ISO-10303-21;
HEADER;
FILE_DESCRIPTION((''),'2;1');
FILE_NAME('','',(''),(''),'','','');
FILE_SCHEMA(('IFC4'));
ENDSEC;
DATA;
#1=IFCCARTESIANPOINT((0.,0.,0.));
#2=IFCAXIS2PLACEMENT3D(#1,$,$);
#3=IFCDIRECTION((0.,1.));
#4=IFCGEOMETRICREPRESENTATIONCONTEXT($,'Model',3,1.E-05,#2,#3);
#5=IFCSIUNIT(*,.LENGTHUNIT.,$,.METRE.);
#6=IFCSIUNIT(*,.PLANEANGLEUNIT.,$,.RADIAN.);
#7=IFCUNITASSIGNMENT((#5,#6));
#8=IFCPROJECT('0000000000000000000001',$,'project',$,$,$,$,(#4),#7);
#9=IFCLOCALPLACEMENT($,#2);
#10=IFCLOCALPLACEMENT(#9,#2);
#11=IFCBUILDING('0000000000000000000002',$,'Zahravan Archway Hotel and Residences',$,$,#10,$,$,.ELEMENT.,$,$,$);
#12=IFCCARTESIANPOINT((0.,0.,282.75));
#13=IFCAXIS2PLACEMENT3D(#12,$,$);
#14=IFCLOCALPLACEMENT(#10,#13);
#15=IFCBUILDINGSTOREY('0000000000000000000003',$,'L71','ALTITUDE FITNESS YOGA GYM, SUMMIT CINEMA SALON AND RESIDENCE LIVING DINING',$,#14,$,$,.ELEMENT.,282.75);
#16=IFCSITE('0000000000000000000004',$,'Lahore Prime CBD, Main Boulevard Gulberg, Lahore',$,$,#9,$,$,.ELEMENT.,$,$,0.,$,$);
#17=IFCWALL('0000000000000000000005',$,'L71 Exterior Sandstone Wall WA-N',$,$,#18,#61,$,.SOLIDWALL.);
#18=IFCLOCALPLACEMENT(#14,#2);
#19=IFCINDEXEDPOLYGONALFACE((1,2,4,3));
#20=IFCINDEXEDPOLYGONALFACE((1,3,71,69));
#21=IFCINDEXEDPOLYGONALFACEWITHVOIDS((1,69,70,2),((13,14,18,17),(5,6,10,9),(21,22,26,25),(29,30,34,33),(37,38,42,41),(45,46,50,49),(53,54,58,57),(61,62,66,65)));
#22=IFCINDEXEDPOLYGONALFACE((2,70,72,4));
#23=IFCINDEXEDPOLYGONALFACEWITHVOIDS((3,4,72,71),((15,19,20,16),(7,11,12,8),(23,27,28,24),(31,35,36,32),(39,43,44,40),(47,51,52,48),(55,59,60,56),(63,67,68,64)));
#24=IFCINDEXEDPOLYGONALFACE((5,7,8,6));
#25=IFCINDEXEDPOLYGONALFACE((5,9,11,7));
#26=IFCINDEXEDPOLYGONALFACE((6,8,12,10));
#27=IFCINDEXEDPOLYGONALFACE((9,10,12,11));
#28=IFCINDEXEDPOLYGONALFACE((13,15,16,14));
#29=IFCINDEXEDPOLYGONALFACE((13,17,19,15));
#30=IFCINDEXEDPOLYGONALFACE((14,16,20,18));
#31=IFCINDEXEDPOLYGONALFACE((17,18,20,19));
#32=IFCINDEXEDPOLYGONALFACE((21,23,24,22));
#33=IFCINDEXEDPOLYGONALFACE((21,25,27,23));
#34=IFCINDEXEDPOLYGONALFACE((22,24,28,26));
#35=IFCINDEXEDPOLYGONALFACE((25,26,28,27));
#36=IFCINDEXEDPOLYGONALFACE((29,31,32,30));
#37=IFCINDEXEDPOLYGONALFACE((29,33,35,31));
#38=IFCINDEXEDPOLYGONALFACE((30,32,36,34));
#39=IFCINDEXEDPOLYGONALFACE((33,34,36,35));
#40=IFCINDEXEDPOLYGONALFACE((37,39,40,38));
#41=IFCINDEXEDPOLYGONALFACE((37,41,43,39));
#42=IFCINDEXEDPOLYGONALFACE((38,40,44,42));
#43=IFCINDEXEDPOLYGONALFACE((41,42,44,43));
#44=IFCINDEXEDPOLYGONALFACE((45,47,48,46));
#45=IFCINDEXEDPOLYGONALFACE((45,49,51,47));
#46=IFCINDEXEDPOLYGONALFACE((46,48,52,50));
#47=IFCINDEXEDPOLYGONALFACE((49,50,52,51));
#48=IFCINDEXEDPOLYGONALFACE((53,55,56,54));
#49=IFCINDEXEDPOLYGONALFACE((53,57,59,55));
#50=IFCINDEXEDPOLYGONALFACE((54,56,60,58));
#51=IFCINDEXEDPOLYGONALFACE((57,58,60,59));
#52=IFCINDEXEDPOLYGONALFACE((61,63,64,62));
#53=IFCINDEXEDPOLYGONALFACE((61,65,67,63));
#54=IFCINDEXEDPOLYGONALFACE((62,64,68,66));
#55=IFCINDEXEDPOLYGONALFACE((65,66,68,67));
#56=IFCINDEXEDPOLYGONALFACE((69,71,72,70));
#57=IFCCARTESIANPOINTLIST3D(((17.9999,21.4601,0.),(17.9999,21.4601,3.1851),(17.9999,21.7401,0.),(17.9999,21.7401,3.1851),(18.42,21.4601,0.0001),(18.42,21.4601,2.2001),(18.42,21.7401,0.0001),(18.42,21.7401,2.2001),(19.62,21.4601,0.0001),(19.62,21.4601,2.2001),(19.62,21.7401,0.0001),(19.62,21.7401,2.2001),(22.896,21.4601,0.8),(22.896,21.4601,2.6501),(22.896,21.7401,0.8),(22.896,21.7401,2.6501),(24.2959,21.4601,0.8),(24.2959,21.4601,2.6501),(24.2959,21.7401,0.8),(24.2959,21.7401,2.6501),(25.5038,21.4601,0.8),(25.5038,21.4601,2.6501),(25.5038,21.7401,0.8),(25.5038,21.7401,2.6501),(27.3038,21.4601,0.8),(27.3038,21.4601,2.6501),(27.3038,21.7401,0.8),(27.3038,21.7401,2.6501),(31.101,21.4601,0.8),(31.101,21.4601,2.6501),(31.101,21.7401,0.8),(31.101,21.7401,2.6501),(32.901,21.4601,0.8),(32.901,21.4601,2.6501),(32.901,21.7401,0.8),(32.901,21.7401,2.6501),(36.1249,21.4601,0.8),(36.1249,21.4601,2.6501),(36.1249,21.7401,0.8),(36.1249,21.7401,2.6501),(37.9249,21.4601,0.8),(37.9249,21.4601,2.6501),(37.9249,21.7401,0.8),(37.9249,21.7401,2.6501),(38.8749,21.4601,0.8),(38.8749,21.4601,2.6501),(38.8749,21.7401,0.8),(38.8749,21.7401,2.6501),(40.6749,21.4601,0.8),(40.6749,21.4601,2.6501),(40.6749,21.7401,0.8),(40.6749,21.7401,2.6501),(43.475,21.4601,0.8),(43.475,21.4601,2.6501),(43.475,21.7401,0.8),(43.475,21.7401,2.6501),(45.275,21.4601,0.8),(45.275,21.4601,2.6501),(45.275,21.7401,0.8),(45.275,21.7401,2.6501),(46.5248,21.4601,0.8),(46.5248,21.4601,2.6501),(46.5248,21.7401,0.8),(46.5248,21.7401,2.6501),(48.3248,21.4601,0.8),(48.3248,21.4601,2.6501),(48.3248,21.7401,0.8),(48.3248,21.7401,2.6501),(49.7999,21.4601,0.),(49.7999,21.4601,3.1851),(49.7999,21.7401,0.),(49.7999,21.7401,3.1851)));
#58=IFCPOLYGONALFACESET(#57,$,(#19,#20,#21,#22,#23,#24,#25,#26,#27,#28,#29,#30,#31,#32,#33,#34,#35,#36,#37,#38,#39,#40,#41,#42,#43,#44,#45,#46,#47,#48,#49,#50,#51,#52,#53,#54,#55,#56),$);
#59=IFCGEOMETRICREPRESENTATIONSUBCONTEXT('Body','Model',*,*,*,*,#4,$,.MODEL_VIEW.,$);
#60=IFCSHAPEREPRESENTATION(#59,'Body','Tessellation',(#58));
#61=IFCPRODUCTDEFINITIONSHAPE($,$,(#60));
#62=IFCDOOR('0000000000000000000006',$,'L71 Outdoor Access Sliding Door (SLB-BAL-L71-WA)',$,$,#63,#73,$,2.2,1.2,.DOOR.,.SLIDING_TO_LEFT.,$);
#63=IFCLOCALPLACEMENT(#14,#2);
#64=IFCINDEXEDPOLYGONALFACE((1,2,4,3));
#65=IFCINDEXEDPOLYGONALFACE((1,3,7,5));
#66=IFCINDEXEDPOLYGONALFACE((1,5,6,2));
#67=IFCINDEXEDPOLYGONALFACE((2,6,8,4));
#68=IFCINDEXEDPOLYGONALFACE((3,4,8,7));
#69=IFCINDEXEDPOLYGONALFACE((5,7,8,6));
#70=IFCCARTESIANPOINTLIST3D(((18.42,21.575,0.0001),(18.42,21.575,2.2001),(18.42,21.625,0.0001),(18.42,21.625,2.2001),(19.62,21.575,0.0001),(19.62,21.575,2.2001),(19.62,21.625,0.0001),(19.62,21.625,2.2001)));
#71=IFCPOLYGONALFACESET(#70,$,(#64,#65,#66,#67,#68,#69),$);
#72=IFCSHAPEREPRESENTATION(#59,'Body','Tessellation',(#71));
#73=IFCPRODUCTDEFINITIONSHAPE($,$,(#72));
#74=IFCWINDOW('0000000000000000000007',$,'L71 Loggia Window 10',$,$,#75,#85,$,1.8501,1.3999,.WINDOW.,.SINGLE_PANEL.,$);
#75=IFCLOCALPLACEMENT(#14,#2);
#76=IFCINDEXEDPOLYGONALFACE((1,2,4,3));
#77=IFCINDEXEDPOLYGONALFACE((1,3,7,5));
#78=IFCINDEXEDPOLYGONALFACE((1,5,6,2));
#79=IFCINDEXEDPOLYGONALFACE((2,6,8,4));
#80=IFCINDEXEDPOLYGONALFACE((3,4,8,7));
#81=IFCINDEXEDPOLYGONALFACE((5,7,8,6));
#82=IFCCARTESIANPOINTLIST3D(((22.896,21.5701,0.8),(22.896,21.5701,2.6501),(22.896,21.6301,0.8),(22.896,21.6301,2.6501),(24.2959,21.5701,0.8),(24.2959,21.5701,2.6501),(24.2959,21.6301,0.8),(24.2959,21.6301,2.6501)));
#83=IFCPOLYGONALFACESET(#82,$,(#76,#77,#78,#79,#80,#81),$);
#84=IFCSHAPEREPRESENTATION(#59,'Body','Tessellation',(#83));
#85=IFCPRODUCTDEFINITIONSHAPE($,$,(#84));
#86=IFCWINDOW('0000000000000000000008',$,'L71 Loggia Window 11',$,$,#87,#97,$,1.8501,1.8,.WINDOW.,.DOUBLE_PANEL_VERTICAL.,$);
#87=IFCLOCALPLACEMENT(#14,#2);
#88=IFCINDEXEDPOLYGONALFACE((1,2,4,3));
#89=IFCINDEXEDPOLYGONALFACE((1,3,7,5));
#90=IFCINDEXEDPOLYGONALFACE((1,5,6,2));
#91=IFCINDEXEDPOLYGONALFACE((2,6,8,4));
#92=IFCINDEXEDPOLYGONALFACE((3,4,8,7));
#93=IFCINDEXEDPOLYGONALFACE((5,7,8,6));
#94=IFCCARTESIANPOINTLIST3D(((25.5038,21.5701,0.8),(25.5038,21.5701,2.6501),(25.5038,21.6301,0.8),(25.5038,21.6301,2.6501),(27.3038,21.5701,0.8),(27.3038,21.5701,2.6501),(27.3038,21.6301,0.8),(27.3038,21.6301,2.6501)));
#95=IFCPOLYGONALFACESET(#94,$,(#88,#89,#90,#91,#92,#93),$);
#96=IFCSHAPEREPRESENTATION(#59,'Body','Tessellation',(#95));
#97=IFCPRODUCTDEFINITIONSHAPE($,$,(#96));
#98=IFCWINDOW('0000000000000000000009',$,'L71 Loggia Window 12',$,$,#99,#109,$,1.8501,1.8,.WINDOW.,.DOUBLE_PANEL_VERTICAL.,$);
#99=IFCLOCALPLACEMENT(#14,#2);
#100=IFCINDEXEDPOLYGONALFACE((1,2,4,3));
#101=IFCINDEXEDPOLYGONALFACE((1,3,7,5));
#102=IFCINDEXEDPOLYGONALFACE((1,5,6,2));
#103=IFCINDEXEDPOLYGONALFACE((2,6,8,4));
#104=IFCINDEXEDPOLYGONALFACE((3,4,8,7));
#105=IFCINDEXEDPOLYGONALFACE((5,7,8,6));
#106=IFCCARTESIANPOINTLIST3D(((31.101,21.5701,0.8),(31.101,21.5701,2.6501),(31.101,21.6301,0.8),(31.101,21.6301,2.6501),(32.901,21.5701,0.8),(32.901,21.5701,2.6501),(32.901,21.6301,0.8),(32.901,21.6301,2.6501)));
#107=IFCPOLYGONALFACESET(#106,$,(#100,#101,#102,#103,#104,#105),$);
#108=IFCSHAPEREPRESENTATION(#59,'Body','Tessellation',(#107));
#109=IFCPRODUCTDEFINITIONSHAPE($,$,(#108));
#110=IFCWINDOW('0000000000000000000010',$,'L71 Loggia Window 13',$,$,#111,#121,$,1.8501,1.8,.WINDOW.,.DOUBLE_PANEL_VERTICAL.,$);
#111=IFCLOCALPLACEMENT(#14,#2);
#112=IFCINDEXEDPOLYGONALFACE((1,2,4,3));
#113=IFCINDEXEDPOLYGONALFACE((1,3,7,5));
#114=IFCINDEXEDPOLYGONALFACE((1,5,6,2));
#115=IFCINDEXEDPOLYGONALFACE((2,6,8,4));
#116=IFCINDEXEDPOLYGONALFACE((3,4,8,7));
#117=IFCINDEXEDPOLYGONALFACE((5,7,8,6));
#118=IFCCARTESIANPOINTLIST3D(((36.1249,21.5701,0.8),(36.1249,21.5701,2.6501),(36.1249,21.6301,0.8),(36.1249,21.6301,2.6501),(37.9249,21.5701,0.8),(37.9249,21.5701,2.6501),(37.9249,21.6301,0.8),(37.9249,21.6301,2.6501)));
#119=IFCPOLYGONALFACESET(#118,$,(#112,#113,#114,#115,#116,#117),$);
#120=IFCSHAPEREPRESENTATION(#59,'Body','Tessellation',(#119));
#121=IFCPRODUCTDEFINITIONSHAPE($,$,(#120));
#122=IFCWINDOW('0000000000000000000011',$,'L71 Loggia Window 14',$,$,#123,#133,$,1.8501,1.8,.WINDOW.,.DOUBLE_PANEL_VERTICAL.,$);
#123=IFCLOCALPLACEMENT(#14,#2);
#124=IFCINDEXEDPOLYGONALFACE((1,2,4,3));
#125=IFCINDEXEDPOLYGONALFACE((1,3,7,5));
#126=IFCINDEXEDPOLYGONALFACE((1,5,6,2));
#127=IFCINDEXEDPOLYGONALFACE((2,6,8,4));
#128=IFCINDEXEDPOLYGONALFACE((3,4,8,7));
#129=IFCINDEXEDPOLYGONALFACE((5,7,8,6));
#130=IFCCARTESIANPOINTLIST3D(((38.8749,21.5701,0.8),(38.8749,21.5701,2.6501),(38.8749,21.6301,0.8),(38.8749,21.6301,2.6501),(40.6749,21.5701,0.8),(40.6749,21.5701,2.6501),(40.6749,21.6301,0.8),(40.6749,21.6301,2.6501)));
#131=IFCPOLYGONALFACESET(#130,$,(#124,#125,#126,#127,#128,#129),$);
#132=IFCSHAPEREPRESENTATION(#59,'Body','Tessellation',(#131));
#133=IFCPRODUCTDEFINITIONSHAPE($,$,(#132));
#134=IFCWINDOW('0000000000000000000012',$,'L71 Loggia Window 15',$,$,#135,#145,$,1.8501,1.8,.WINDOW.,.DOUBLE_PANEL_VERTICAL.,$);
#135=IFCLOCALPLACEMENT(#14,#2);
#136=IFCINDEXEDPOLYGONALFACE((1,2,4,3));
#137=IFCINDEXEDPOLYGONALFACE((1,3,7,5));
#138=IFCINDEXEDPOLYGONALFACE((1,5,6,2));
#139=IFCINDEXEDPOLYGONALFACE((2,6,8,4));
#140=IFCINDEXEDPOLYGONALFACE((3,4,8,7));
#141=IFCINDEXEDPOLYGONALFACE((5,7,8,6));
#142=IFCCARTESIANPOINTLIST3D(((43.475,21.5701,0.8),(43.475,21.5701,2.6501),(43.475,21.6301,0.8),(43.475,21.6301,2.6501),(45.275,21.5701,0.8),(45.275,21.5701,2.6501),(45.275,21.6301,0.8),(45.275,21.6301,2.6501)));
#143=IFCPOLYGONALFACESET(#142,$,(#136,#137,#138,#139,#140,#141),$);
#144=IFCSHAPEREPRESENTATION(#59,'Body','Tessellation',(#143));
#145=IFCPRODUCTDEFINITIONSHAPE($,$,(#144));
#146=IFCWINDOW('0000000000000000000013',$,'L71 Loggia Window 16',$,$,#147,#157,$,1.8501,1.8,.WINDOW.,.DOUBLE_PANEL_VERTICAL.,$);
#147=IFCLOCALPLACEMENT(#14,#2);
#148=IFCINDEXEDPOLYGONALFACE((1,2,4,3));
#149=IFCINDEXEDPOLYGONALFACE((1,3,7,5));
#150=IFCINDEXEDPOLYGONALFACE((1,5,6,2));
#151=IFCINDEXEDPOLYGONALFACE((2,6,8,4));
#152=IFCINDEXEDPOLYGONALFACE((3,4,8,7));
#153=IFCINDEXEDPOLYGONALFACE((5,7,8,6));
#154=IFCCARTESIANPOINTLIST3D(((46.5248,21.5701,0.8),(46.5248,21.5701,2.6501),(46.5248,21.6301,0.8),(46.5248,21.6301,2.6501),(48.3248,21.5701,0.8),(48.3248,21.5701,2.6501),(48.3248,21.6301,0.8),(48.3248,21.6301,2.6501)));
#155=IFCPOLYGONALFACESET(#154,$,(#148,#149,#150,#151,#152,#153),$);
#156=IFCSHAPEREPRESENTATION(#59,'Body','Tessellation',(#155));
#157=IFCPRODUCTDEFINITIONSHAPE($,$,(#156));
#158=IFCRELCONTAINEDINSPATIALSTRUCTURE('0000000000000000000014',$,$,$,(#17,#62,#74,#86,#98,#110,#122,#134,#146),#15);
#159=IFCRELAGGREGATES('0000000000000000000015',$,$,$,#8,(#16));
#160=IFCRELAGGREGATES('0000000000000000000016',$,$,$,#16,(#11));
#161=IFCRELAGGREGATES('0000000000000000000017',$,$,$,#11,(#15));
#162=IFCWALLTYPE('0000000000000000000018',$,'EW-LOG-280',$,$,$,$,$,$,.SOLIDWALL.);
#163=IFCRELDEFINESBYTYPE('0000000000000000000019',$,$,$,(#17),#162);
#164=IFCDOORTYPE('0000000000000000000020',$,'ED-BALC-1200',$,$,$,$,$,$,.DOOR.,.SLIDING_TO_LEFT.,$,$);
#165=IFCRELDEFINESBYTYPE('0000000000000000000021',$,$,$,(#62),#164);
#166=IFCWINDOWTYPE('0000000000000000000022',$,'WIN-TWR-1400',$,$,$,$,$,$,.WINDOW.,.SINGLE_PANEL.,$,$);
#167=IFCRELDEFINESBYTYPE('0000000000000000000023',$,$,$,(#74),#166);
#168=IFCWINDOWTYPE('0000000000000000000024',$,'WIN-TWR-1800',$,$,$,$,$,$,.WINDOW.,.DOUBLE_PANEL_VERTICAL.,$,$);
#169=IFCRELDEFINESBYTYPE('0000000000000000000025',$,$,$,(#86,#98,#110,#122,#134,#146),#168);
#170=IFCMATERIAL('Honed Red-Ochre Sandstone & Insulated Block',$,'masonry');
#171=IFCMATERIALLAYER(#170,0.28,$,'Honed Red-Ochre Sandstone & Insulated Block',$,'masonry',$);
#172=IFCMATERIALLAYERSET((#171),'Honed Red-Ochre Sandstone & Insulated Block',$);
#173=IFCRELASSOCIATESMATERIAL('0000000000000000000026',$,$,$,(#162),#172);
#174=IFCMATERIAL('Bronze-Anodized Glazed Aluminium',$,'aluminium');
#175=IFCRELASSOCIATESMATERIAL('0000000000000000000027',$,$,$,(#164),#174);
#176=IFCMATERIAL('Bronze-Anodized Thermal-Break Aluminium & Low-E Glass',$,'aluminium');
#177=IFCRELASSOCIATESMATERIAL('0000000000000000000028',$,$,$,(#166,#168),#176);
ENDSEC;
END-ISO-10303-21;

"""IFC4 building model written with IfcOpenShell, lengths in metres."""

from ifc_helpers import new_model, si_unit, direction, frame, frame_2d, origin, place, context, subcontext, project, spatial, rectangle, extrude, source, transform, mapped, material, layer, layer_set, type_object, type_shapes, element, fill, save


model = new_model("IFC4")

# Units and contexts
model_context = context("Model", 3, precision=1e-05, world=origin(), true_north=direction((0.0, 1.0)))
body_context = subcontext(model_context, "Body", "Model", "MODEL_VIEW")
ifc_project = project(units=[si_unit("LENGTHUNIT", "METRE"), si_unit("PLANEANGLEUNIT", "RADIAN")], contexts=[model_context])

# Site, building, storey
site_placement = place(None, origin())
site = spatial("IfcSite", under=ifc_project, at=site_placement, Name="Lahore Prime CBD, Main Boulevard Gulberg, Lahore", CompositionType="ELEMENT", RefElevation=0.0)
building_placement = place(site_placement, origin())
building = spatial("IfcBuilding", under=site, at=building_placement, Name="Zahravan Archway Hotel and Residences", CompositionType="ELEMENT")
storey_placement = place(building_placement, frame((0.0, 0.0, 282.75)))
storey = spatial("IfcBuildingStorey", under=building, at=storey_placement, Name="L71", Description="ALTITUDE FITNESS YOGA GYM, SUMMIT CINEMA SALON AND RESIDENCE LIVING DINING", CompositionType="ELEMENT", Elevation=282.75)

# Wall, openings, door, windows
ifc_material_1 = material(Name="Honed Red-Ochre Sandstone & Insulated Block", Category="masonry")
ifc_layer_1 = layer(ifc_material_1, 0.28, Name="Honed Red-Ochre Sandstone & Insulated Block", Category="masonry")
ifc_layer_set_1 = layer_set([ifc_layer_1], Name="Honed Red-Ochre Sandstone & Insulated Block")
wall_type_1 = type_object("IfcWallType", Name="EW-LOG-280", PredefinedType="SOLIDWALL", material=ifc_layer_set_1)
wall_1_placement = place(storey_placement, frame((18.0, 21.6001, 0.0), z_axis=(0.0, 0.0, 1.0), x_axis=(1.0, 0.0, 0.0)))
wall_1 = element("IfcWall", 1, at=wall_1_placement, inside=storey, type_object=wall_type_1, Name="L71 Exterior Sandstone Wall WA-N", PredefinedType="SOLIDWALL", context=body_context, shape_type="SweptSolid", body=[
    extrude(rectangle(XDim=31.8, YDim=0.28, at=frame_2d((15.8999, 0.0))), origin(), (0.0, 0.0, 1.0), 3.1851),
])
opening_1_placement = place(wall_1_placement, frame((0.4199, 0.0, 0.0)))
opening_1 = element("IfcOpeningElement", 2, at=opening_1_placement, cuts=wall_1, PredefinedType="OPENING", context=body_context, shape_type="SweptSolid", body=[
    extrude(rectangle(XDim=1.2, YDim=2.2, at=frame_2d((0.6001, 1.1001))), frame((0.0, 0.1499, 0.0), z_axis=(0.0, -1.0, 0.0), x_axis=(1.0, 0.0, 0.0)), (0.0, 0.0, 1.0), 0.3),
])
opening_2_placement = place(wall_1_placement, frame((4.896, 0.0, 0.8)))
opening_2 = element("IfcOpeningElement", 3, at=opening_2_placement, cuts=wall_1, PredefinedType="OPENING", context=body_context, shape_type="SweptSolid", body=[
    extrude(rectangle(XDim=1.3999, YDim=1.8501, at=frame_2d((0.7, 0.925))), frame((0.0, 0.1499, 0.0), z_axis=(0.0, -1.0, 0.0), x_axis=(1.0, 0.0, 0.0)), (0.0, 0.0, 1.0), 0.3),
])
opening_3_placement = place(wall_1_placement, frame((7.5039, 0.0, 0.8)))
opening_3 = element("IfcOpeningElement", 4, at=opening_3_placement, cuts=wall_1, PredefinedType="OPENING", context=body_context, shape_type="SweptSolid", body=[
    extrude(rectangle(XDim=1.8, YDim=1.8501, at=frame_2d((0.8999, 0.925))), frame((0.0, 0.1499, 0.0), z_axis=(0.0, -1.0, 0.0), x_axis=(1.0, 0.0, 0.0)), (0.0, 0.0, 1.0), 0.3),
])
opening_4_placement = place(wall_1_placement, frame((13.1011, 0.0, 0.8)))
opening_4 = element("IfcOpeningElement", 5, at=opening_4_placement, cuts=wall_1, PredefinedType="OPENING", context=body_context, shape_type="SweptSolid", body=[
    extrude(rectangle(XDim=1.8, YDim=1.8501, at=frame_2d((0.8999, 0.925))), frame((0.0, 0.1499, 0.0), z_axis=(0.0, -1.0, 0.0), x_axis=(1.0, 0.0, 0.0)), (0.0, 0.0, 1.0), 0.3),
])
opening_5_placement = place(wall_1_placement, frame((18.125, 0.0, 0.8)))
opening_5 = element("IfcOpeningElement", 6, at=opening_5_placement, cuts=wall_1, PredefinedType="OPENING", context=body_context, shape_type="SweptSolid", body=[
    extrude(rectangle(XDim=1.8, YDim=1.8501, at=frame_2d((0.8999, 0.925))), frame((0.0, 0.1499, 0.0), z_axis=(0.0, -1.0, 0.0), x_axis=(1.0, 0.0, 0.0)), (0.0, 0.0, 1.0), 0.3),
])
opening_6_placement = place(wall_1_placement, frame((20.875, 0.0, 0.8)))
opening_6 = element("IfcOpeningElement", 7, at=opening_6_placement, cuts=wall_1, PredefinedType="OPENING", context=body_context, shape_type="SweptSolid", body=[
    extrude(rectangle(XDim=1.8, YDim=1.8501, at=frame_2d((0.8999, 0.925))), frame((0.0, 0.1499, 0.0), z_axis=(0.0, -1.0, 0.0), x_axis=(1.0, 0.0, 0.0)), (0.0, 0.0, 1.0), 0.3),
])
opening_7_placement = place(wall_1_placement, frame((25.4751, 0.0, 0.8)))
opening_7 = element("IfcOpeningElement", 8, at=opening_7_placement, cuts=wall_1, PredefinedType="OPENING", context=body_context, shape_type="SweptSolid", body=[
    extrude(rectangle(XDim=1.8, YDim=1.8501, at=frame_2d((0.8999, 0.925))), frame((0.0, 0.1499, 0.0), z_axis=(0.0, -1.0, 0.0), x_axis=(1.0, 0.0, 0.0)), (0.0, 0.0, 1.0), 0.3),
])
opening_8_placement = place(wall_1_placement, frame((28.5249, 0.0, 0.8)))
opening_8 = element("IfcOpeningElement", 9, at=opening_8_placement, cuts=wall_1, PredefinedType="OPENING", context=body_context, shape_type="SweptSolid", body=[
    extrude(rectangle(XDim=1.8, YDim=1.8501, at=frame_2d((0.8999, 0.925))), frame((0.0, 0.1499, 0.0), z_axis=(0.0, -1.0, 0.0), x_axis=(1.0, 0.0, 0.0)), (0.0, 0.0, 1.0), 0.3),
])
ifc_material_2 = material(Name="Bronze-Anodized Glazed Aluminium", Category="aluminium")
door_type = type_object("IfcDoorType", Name="ED-BALC-1200", OperationType="SLIDING_TO_LEFT", PredefinedType="DOOR", material=ifc_material_2)
shared_shape_1 = source(origin(), body_context, "Body", "SweptSolid", [
    extrude(rectangle(XDim=1.2, YDim=2.2, at=frame_2d((0.6001, 1.1001))), frame((0.0, 0.0249, 0.0), z_axis=(0.0, -1.0, 0.0), x_axis=(1.0, 0.0, 0.0)), (0.0, 0.0, 1.0), 0.05),
])
type_shapes(door_type, [shared_shape_1])
door_placement = place(opening_1_placement, origin())
door = element("IfcDoor", 10, at=door_placement, inside=storey, type_object=door_type, Name="L71 Outdoor Access Sliding Door (SLB-BAL-L71-WA)", OperationType="SLIDING_TO_LEFT", OverallHeight=2.2, OverallWidth=1.2, PredefinedType="DOOR", context=body_context, shape_type="MappedRepresentation", body=[
    mapped(shared_shape_1, transform((0.0, 0.0, 0.0), scale=1.0)),
])
fill(opening_1, door)
ifc_material_3 = material(Name="Bronze-Anodized Thermal-Break Aluminium & Low-E Glass", Category="aluminium")
window_type_1 = type_object("IfcWindowType", Name="WIN-TWR-1400", PartitioningType="SINGLE_PANEL", PredefinedType="WINDOW", material=ifc_material_3)
shared_shape_2 = source(origin(), body_context, "Body", "SweptSolid", [
    extrude(rectangle(XDim=1.3999, YDim=1.8501, at=frame_2d((0.7, 0.925))), frame((0.0, 0.03, 0.0), z_axis=(0.0, -1.0, 0.0), x_axis=(1.0, 0.0, 0.0)), (0.0, 0.0, 1.0), 0.0601),
])
type_shapes(window_type_1, [shared_shape_2])
window_1_placement = place(opening_2_placement, origin())
window_1 = element("IfcWindow", 11, at=window_1_placement, inside=storey, type_object=window_type_1, Name="L71 Loggia Window 10", OverallHeight=1.8501, OverallWidth=1.3999, PartitioningType="SINGLE_PANEL", PredefinedType="WINDOW", context=body_context, shape_type="MappedRepresentation", body=[
    mapped(shared_shape_2, transform((0.0, 0.0, 0.0), scale=1.0)),
])
fill(opening_2, window_1)
window_type_2 = type_object("IfcWindowType", Name="WIN-TWR-1800", PartitioningType="DOUBLE_PANEL_VERTICAL", PredefinedType="WINDOW", material=ifc_material_3)
shared_shape_3 = source(origin(), body_context, "Body", "SweptSolid", [
    extrude(rectangle(XDim=1.8, YDim=1.8501, at=frame_2d((0.8999, 0.925))), frame((0.0, 0.03, 0.0), z_axis=(0.0, -1.0, 0.0), x_axis=(1.0, 0.0, 0.0)), (0.0, 0.0, 1.0), 0.0601),
])
type_shapes(window_type_2, [shared_shape_3])
window_2_placement = place(opening_3_placement, origin())
window_2 = element("IfcWindow", 12, at=window_2_placement, inside=storey, type_object=window_type_2, Name="L71 Loggia Window 11", OverallHeight=1.8501, OverallWidth=1.8, PartitioningType="DOUBLE_PANEL_VERTICAL", PredefinedType="WINDOW", context=body_context, shape_type="MappedRepresentation", body=[
    mapped(shared_shape_3, transform((0.0, 0.0, 0.0), scale=1.0)),
])
fill(opening_3, window_2)
window_3_placement = place(opening_4_placement, origin())
window_3 = element("IfcWindow", 13, at=window_3_placement, inside=storey, type_object=window_type_2, Name="L71 Loggia Window 12", OverallHeight=1.8501, OverallWidth=1.8, PartitioningType="DOUBLE_PANEL_VERTICAL", PredefinedType="WINDOW", context=body_context, shape_type="MappedRepresentation", body=[
    mapped(shared_shape_3, transform((0.0, 0.0, 0.0), scale=1.0)),
])
fill(opening_4, window_3)
window_4_placement = place(opening_5_placement, origin())
window_4 = element("IfcWindow", 14, at=window_4_placement, inside=storey, type_object=window_type_2, Name="L71 Loggia Window 13", OverallHeight=1.8501, OverallWidth=1.8, PartitioningType="DOUBLE_PANEL_VERTICAL", PredefinedType="WINDOW", context=body_context, shape_type="MappedRepresentation", body=[
    mapped(shared_shape_3, transform((0.0, 0.0, 0.0), scale=1.0)),
])
fill(opening_5, window_4)
window_5_placement = place(opening_6_placement, origin())
window_5 = element("IfcWindow", 15, at=window_5_placement, inside=storey, type_object=window_type_2, Name="L71 Loggia Window 14", OverallHeight=1.8501, OverallWidth=1.8, PartitioningType="DOUBLE_PANEL_VERTICAL", PredefinedType="WINDOW", context=body_context, shape_type="MappedRepresentation", body=[
    mapped(shared_shape_3, transform((0.0, 0.0, 0.0), scale=1.0)),
])
fill(opening_6, window_5)
window_6_placement = place(opening_7_placement, origin())
window_6 = element("IfcWindow", 16, at=window_6_placement, inside=storey, type_object=window_type_2, Name="L71 Loggia Window 15", OverallHeight=1.8501, OverallWidth=1.8, PartitioningType="DOUBLE_PANEL_VERTICAL", PredefinedType="WINDOW", context=body_context, shape_type="MappedRepresentation", body=[
    mapped(shared_shape_3, transform((0.0, 0.0, 0.0), scale=1.0)),
])
fill(opening_7, window_6)
window_7_placement = place(opening_8_placement, origin())
window_7 = element("IfcWindow", 17, at=window_7_placement, inside=storey, type_object=window_type_2, Name="L71 Loggia Window 16", OverallHeight=1.8501, OverallWidth=1.8, PartitioningType="DOUBLE_PANEL_VERTICAL", PredefinedType="WINDOW", context=body_context, shape_type="MappedRepresentation", body=[
    mapped(shared_shape_3, transform((0.0, 0.0, 0.0), scale=1.0)),
])
fill(opening_8, window_7)

save(model, "model.ifc")
